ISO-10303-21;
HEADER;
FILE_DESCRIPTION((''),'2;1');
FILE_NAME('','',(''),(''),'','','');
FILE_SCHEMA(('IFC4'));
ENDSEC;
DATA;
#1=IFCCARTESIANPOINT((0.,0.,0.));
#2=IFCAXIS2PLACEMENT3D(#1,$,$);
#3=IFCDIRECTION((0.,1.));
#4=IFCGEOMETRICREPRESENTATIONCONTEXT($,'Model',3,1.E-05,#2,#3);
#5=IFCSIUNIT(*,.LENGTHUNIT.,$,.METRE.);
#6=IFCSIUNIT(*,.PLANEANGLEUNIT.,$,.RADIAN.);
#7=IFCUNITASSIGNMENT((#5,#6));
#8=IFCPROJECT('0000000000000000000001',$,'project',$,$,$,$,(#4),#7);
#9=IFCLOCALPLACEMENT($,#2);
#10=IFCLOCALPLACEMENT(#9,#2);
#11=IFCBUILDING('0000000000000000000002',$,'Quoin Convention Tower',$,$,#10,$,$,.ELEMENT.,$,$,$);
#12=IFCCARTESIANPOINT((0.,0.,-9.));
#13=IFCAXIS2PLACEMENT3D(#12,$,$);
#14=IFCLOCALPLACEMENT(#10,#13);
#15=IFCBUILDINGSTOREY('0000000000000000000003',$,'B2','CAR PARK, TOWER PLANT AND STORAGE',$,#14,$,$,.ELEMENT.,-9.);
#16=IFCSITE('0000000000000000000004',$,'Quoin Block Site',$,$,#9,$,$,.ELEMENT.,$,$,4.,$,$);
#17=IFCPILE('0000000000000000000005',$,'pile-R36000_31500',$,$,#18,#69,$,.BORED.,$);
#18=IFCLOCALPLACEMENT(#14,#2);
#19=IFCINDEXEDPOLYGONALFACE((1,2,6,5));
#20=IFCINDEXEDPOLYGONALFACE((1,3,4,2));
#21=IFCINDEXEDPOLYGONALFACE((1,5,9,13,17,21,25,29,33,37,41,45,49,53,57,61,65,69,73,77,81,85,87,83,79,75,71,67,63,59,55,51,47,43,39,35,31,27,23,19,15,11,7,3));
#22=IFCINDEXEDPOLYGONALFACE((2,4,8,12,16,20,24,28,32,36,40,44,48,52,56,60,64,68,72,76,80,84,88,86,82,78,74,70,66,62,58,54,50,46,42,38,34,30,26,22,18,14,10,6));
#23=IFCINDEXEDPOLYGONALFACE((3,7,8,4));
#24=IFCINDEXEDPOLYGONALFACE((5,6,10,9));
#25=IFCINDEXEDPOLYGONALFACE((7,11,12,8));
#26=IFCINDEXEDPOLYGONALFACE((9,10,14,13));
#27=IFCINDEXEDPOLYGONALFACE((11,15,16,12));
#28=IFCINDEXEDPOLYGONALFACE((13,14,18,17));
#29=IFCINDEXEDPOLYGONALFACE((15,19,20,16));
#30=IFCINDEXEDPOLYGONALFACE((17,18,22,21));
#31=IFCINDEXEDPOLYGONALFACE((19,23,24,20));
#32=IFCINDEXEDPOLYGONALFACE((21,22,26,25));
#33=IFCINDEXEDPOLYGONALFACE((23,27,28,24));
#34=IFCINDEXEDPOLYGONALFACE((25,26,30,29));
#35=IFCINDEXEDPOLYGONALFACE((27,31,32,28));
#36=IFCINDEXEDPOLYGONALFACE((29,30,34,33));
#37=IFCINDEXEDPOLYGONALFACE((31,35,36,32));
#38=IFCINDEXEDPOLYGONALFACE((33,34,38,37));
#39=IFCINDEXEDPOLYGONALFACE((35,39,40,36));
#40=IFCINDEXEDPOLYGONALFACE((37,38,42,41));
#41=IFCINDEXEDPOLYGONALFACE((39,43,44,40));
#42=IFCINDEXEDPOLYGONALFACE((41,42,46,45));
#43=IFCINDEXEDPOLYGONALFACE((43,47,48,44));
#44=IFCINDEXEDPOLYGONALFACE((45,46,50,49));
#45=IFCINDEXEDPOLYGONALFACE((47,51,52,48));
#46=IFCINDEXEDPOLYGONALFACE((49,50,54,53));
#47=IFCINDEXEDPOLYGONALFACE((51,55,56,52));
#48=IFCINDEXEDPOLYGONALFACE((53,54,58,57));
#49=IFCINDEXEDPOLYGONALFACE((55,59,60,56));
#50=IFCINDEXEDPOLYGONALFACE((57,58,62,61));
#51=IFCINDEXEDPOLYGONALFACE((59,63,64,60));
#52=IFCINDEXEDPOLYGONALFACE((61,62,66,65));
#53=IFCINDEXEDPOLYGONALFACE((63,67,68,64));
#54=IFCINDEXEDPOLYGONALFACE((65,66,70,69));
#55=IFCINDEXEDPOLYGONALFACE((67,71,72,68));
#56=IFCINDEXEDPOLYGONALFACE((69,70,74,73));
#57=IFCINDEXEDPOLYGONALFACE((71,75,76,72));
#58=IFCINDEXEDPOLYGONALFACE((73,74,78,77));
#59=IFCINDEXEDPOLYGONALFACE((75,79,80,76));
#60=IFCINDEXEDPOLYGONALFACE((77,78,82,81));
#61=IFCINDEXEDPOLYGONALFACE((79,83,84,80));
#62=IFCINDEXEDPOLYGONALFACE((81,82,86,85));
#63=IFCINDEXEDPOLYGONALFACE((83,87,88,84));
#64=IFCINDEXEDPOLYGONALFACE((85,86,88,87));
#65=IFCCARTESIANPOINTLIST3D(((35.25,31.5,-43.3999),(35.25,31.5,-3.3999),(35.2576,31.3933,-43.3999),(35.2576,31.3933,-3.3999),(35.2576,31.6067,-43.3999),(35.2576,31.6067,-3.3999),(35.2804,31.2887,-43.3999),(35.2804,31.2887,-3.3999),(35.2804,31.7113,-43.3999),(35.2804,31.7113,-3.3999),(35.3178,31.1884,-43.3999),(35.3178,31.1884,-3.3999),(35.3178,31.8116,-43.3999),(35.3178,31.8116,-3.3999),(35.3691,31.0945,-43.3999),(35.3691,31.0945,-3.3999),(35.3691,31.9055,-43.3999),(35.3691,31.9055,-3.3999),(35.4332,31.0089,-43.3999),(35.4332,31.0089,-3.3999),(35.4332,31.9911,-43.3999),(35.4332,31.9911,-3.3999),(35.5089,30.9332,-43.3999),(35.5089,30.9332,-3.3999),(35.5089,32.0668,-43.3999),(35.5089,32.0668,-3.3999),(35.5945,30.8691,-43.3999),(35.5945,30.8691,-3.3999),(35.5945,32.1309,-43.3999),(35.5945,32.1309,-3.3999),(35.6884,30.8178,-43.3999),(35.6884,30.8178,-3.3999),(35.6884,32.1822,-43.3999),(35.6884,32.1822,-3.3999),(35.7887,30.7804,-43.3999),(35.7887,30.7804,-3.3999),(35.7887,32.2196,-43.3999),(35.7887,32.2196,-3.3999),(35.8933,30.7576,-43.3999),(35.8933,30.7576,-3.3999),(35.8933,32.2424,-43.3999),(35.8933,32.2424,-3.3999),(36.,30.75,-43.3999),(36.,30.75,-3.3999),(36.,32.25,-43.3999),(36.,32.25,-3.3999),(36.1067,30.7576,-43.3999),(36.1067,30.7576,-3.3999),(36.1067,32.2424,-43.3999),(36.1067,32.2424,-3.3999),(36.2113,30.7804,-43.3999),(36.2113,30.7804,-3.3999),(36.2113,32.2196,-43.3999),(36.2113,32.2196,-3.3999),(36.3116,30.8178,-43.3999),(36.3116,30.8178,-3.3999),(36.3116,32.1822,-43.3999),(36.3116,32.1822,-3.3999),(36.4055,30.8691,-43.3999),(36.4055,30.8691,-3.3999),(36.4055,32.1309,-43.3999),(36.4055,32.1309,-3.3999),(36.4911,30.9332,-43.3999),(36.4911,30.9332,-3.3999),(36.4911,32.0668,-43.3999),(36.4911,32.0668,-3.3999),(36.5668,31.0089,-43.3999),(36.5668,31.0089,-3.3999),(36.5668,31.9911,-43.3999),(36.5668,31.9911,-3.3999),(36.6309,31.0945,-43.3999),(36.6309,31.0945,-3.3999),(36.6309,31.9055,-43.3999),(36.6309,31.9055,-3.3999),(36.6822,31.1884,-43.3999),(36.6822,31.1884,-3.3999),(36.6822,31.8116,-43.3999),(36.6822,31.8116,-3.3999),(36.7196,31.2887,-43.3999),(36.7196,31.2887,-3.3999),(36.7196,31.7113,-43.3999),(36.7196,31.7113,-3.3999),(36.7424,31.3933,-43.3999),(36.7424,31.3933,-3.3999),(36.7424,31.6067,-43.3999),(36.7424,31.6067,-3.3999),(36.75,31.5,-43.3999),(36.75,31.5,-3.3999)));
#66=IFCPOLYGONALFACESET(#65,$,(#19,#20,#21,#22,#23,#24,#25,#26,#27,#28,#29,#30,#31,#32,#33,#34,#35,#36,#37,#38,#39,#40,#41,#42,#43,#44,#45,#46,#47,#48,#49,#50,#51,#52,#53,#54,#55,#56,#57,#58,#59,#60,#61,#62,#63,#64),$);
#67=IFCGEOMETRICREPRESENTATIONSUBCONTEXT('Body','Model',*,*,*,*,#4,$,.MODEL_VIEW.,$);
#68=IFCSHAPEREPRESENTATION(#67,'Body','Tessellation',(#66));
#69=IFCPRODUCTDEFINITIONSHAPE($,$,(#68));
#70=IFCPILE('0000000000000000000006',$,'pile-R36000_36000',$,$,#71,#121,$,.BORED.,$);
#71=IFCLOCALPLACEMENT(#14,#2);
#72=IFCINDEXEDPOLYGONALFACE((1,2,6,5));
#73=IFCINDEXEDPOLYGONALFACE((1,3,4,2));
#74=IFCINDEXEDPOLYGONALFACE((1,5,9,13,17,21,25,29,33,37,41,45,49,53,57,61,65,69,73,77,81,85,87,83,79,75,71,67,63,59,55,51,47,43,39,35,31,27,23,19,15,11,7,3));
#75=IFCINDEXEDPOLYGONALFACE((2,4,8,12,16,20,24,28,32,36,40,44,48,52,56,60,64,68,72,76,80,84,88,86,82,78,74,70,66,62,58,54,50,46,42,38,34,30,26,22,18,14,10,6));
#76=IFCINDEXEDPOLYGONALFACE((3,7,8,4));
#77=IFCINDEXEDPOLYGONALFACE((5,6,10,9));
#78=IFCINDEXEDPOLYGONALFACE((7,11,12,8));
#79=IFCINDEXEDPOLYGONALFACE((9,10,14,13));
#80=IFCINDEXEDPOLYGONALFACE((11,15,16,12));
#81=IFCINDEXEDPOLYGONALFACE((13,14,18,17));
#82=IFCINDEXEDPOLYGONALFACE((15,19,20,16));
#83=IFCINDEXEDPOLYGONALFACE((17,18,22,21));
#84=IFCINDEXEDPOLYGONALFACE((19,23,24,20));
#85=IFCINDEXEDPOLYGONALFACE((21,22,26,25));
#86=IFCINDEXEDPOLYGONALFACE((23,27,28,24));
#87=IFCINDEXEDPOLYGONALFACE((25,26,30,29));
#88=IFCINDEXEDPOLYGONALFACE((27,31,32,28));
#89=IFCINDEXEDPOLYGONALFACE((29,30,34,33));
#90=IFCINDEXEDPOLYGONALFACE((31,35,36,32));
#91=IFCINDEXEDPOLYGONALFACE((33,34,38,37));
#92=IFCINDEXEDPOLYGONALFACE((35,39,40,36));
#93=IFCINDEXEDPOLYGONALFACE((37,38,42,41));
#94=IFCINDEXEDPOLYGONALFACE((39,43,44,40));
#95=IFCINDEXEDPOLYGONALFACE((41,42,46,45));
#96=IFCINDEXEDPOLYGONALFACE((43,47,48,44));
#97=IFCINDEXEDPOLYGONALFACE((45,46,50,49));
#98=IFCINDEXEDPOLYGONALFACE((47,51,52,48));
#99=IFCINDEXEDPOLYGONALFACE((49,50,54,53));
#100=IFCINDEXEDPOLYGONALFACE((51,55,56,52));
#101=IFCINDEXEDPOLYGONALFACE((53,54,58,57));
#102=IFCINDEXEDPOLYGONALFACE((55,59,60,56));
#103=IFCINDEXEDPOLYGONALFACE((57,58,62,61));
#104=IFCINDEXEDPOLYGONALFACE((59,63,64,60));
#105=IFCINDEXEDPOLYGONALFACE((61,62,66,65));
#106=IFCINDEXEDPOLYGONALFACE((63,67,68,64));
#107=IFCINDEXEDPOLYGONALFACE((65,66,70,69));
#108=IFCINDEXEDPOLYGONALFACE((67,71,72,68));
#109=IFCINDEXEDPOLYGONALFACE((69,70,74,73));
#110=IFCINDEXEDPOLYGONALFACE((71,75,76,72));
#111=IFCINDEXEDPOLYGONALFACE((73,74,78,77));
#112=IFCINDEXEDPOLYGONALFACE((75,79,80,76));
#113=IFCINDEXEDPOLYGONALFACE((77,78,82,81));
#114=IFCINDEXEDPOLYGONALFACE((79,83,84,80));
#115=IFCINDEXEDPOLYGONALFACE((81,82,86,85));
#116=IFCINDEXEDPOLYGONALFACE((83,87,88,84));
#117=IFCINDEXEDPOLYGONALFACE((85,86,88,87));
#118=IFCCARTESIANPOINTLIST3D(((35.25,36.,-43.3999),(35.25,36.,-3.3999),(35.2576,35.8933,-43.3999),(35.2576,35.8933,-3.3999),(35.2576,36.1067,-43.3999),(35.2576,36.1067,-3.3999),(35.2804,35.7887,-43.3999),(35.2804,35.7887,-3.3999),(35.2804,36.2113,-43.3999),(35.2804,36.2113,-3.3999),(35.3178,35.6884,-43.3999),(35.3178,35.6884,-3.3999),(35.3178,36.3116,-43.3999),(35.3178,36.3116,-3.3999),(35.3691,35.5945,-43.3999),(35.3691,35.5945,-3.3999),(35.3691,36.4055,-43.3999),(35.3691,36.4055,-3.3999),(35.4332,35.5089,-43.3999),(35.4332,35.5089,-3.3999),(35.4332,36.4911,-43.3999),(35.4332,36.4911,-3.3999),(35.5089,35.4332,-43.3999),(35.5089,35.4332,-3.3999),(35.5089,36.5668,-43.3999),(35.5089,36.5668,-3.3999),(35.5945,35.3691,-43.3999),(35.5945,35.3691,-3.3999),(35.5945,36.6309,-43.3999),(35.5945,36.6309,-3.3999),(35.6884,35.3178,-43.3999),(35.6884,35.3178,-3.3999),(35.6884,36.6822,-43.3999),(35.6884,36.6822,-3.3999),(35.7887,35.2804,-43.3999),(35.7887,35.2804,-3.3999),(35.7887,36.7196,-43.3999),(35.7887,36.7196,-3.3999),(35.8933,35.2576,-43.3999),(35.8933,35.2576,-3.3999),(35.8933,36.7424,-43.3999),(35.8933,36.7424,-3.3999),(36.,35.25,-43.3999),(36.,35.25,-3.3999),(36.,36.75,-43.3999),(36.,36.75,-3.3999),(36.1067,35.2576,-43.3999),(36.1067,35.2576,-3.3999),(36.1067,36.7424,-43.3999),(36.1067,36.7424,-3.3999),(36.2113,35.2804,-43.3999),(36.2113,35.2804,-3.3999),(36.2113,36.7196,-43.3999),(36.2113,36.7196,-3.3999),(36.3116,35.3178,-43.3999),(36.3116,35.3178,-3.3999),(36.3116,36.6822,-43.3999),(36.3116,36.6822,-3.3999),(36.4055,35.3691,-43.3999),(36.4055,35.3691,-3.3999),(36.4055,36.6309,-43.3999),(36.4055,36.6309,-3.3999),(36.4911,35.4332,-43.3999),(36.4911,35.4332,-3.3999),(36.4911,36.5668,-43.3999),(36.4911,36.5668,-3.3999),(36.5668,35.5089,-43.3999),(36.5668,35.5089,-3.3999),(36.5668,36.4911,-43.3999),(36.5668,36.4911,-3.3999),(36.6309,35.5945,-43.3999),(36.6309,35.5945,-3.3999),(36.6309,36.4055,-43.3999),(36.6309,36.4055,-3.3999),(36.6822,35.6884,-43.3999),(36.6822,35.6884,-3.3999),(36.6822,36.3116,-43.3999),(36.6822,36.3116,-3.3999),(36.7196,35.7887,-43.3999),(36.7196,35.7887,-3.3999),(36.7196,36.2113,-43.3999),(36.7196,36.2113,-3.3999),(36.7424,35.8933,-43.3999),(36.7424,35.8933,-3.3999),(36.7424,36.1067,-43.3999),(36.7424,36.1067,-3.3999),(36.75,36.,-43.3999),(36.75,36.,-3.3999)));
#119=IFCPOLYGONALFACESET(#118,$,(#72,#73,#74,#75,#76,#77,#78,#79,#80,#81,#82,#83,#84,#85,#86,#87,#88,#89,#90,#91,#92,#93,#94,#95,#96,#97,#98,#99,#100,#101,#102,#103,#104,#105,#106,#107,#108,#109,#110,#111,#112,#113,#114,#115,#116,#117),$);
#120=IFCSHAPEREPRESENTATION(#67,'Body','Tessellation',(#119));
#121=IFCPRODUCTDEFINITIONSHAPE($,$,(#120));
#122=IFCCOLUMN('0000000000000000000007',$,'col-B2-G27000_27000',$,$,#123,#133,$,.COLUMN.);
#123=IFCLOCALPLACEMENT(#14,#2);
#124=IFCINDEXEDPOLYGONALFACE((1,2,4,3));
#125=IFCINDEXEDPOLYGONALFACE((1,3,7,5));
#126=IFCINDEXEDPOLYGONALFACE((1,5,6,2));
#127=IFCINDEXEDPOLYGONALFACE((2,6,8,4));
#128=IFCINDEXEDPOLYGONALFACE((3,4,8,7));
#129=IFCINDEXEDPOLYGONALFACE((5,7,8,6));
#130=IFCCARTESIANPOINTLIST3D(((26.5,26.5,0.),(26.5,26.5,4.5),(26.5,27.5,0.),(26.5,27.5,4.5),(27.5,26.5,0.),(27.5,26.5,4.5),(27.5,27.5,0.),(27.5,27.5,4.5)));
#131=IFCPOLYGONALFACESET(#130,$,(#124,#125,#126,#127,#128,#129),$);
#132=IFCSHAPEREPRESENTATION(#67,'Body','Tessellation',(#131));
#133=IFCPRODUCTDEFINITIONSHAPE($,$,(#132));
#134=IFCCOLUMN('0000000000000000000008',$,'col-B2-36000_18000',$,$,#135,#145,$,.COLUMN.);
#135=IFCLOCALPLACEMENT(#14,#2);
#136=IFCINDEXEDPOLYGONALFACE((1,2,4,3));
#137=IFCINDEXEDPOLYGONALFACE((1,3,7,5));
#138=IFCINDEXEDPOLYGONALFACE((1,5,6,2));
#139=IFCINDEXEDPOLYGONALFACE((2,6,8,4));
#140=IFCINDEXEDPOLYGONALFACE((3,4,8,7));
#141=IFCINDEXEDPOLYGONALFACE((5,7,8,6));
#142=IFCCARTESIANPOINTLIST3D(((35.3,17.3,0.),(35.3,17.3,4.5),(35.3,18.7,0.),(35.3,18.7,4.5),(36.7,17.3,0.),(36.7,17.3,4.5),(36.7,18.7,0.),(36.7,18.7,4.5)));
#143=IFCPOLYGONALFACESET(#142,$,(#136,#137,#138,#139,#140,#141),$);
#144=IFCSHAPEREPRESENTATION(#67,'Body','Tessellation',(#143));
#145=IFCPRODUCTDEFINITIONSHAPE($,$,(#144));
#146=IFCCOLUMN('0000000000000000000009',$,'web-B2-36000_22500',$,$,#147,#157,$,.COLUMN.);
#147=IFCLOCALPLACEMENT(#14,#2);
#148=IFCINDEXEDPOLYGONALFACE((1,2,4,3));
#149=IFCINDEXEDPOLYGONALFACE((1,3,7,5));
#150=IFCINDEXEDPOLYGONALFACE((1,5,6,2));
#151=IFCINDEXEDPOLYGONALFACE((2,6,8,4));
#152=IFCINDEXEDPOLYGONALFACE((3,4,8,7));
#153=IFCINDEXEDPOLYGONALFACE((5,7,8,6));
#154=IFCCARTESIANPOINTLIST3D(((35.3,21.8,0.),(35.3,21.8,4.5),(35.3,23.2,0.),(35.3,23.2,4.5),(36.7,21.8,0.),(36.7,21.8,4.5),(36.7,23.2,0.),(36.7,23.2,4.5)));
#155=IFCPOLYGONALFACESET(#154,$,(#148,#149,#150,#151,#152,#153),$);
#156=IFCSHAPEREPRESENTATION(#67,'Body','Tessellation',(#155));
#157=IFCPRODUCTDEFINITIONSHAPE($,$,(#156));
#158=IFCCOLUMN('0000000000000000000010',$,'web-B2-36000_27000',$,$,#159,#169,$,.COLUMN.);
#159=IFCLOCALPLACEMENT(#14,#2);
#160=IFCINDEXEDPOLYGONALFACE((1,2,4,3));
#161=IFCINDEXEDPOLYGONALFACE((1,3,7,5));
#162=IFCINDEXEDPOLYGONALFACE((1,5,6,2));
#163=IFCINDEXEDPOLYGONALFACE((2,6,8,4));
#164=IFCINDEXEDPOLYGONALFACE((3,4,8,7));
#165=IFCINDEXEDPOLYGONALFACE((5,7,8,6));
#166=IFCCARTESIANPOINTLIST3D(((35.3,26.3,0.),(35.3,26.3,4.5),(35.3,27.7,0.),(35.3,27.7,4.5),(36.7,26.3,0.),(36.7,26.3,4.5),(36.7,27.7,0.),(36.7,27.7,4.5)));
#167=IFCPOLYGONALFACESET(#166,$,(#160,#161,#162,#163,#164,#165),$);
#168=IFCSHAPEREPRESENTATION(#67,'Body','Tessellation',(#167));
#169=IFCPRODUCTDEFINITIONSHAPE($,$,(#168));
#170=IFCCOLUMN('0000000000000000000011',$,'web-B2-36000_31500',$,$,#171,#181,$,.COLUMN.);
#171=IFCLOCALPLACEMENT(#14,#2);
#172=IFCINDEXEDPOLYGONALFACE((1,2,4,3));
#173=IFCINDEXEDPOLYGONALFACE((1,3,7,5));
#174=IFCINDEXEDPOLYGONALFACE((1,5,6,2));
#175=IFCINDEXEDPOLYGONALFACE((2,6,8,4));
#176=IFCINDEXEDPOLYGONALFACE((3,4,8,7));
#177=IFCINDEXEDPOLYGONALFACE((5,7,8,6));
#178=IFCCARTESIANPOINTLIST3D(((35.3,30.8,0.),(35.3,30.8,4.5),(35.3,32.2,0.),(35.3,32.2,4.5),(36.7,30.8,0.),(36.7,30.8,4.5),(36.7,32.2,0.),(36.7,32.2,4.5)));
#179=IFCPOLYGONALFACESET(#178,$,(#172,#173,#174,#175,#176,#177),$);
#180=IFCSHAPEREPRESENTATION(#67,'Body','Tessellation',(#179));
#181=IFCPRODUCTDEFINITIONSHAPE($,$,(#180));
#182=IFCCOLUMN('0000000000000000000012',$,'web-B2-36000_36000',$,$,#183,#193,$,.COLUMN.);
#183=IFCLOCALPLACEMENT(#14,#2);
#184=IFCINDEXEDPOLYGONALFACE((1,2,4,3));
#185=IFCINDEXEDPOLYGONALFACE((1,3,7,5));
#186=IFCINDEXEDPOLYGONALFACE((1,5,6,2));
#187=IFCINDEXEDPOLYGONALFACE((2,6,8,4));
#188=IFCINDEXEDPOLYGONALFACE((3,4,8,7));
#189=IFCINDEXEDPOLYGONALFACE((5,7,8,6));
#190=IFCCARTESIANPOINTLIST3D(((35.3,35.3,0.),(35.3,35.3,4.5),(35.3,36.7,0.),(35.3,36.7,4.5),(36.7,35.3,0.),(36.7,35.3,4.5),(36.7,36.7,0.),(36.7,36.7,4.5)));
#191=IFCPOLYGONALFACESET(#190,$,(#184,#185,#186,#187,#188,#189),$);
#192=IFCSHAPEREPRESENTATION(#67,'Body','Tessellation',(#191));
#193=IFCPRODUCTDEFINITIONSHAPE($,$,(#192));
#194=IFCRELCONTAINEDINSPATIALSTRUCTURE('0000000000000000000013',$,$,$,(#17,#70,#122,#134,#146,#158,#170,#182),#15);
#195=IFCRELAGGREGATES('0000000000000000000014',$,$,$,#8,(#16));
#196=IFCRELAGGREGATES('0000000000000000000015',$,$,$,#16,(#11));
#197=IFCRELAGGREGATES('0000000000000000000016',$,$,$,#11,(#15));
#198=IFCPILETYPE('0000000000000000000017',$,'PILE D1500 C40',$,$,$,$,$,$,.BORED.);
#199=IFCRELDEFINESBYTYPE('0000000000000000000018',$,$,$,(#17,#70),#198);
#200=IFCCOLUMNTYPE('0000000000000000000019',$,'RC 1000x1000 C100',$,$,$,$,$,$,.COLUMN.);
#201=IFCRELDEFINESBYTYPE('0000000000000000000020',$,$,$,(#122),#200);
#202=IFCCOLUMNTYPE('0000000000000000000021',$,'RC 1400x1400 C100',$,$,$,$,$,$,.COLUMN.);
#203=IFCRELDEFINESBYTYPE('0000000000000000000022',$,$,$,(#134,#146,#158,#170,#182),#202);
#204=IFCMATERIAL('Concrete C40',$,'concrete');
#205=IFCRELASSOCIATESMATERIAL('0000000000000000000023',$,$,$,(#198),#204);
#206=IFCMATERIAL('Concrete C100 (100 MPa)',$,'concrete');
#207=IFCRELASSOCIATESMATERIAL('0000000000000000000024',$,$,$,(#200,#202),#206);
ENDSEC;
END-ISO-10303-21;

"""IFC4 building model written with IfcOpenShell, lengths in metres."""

from ifc_helpers import new_model, si_unit, direction, frame, origin, origin_2d, place, context, subcontext, project, spatial, rectangle, circle, extrude, material, material_profile, profile_set, type_object, element, save


model = new_model("IFC4")

# Units and contexts
model_context = context("Model", 3, precision=1e-05, world=origin(), true_north=direction((0.0, 1.0)))
body_context = subcontext(model_context, "Body", "Model", "MODEL_VIEW")
ifc_project = project(units=[si_unit("LENGTHUNIT", "METRE"), si_unit("PLANEANGLEUNIT", "RADIAN")], contexts=[model_context])

# Site, building, storey
site_placement = place(None, origin())
site = spatial("IfcSite", under=ifc_project, at=site_placement, Name="Quoin Block Site", CompositionType="ELEMENT", RefElevation=4.0)
building_placement = place(site_placement, origin())
building = spatial("IfcBuilding", under=site, at=building_placement, Name="Quoin Convention Tower", CompositionType="ELEMENT")
storey_placement = place(building_placement, frame((0.0, 0.0, -9.0)))
storey = spatial("IfcBuildingStorey", under=building, at=storey_placement, Name="B2", Description="CAR PARK, TOWER PLANT AND STORAGE", CompositionType="ELEMENT", Elevation=-9.0)

# Piles
ifc_material_1 = material(Name="Concrete C40", Category="concrete")
ifc_material_profile_1 = material_profile(ifc_material_1, circle(Radius=0.75, at=origin_2d()), Name="D1500")
ifc_profile_set_1 = profile_set([ifc_material_profile_1], Name="Concrete C40")
pile_type = type_object("IfcPileType", Name="PILE D1500 C40", PredefinedType="BORED", material=ifc_profile_set_1)
for number, where, z_axis, x_axis, name in (
    (1, (36.0, 31.5, -3.3999), (0.0, 0.0, -1.0), (1.0, 0.0, 0.0), "pile-R36000_31500"),
    (2, (36.0, 36.0, -3.3999), (0.0, 0.0, -1.0), (1.0, 0.0, 0.0), "pile-R36000_36000"),
):
    element("IfcPile", number, at=place(storey_placement, frame(where, z_axis=z_axis, x_axis=x_axis)), inside=storey, type_object=pile_type, Name=name, PredefinedType="BORED", context=body_context, shape_type="SweptSolid", body=[
        extrude(circle(Radius=0.75, at=origin_2d()), origin(), (0.0, 0.0, 1.0), 40.0),
    ])

# Columns
ifc_material_2 = material(Name="Concrete C100 (100 MPa)", Category="concrete")
ifc_material_profile_2 = material_profile(ifc_material_2, rectangle(XDim=1.0, YDim=1.0, at=origin_2d()), Name="RC 1000x1000")
ifc_profile_set_2 = profile_set([ifc_material_profile_2], Name="Concrete C100 (100 MPa)")
column_type_1 = type_object("IfcColumnType", Name="RC 1000x1000 C100", PredefinedType="COLUMN", material=ifc_profile_set_2)
column_placement = place(storey_placement, frame((27.0, 27.0, 0.0), z_axis=(0.0, 0.0, 1.0), x_axis=(1.0, 0.0, 0.0)))
element("IfcColumn", 3, at=column_placement, inside=storey, type_object=column_type_1, Name="col-B2-G27000_27000", PredefinedType="COLUMN", context=body_context, shape_type="SweptSolid", body=[
    extrude(rectangle(XDim=1.0, YDim=1.0, at=origin_2d()), origin(), (0.0, 0.0, 1.0), 4.5),
])
ifc_material_profile_3 = material_profile(ifc_material_2, rectangle(XDim=1.3999, YDim=1.3999, at=origin_2d()), Name="RC 1400x1400")
ifc_profile_set_3 = profile_set([ifc_material_profile_3], Name="Concrete C100 (100 MPa)")
column_type_2 = type_object("IfcColumnType", Name="RC 1400x1400 C100", PredefinedType="COLUMN", material=ifc_profile_set_3)
for number, where, z_axis, x_axis, name in (
    (4, (36.0, 18.0, 0.0), (0.0, 0.0, 1.0), (1.0, 0.0, 0.0), "col-B2-36000_18000"),
    (5, (36.0, 22.5, 0.0), (0.0, 0.0, 1.0), (1.0, 0.0, 0.0), "web-B2-36000_22500"),
    (6, (36.0, 27.0, 0.0), (0.0, 0.0, 1.0), (1.0, 0.0, 0.0), "web-B2-36000_27000"),
    (7, (36.0, 31.5, 0.0), (0.0, 0.0, 1.0), (1.0, 0.0, 0.0), "web-B2-36000_31500"),
    (8, (36.0, 36.0, 0.0), (0.0, 0.0, 1.0), (1.0, 0.0, 0.0), "web-B2-36000_36000"),
):
    element("IfcColumn", number, at=place(storey_placement, frame(where, z_axis=z_axis, x_axis=x_axis)), inside=storey, type_object=column_type_2, Name=name, PredefinedType="COLUMN", context=body_context, shape_type="SweptSolid", body=[
        extrude(rectangle(XDim=1.3999, YDim=1.3999, at=origin_2d()), origin(), (0.0, 0.0, 1.0), 4.5),
    ])

save(model, "model.ifc")
